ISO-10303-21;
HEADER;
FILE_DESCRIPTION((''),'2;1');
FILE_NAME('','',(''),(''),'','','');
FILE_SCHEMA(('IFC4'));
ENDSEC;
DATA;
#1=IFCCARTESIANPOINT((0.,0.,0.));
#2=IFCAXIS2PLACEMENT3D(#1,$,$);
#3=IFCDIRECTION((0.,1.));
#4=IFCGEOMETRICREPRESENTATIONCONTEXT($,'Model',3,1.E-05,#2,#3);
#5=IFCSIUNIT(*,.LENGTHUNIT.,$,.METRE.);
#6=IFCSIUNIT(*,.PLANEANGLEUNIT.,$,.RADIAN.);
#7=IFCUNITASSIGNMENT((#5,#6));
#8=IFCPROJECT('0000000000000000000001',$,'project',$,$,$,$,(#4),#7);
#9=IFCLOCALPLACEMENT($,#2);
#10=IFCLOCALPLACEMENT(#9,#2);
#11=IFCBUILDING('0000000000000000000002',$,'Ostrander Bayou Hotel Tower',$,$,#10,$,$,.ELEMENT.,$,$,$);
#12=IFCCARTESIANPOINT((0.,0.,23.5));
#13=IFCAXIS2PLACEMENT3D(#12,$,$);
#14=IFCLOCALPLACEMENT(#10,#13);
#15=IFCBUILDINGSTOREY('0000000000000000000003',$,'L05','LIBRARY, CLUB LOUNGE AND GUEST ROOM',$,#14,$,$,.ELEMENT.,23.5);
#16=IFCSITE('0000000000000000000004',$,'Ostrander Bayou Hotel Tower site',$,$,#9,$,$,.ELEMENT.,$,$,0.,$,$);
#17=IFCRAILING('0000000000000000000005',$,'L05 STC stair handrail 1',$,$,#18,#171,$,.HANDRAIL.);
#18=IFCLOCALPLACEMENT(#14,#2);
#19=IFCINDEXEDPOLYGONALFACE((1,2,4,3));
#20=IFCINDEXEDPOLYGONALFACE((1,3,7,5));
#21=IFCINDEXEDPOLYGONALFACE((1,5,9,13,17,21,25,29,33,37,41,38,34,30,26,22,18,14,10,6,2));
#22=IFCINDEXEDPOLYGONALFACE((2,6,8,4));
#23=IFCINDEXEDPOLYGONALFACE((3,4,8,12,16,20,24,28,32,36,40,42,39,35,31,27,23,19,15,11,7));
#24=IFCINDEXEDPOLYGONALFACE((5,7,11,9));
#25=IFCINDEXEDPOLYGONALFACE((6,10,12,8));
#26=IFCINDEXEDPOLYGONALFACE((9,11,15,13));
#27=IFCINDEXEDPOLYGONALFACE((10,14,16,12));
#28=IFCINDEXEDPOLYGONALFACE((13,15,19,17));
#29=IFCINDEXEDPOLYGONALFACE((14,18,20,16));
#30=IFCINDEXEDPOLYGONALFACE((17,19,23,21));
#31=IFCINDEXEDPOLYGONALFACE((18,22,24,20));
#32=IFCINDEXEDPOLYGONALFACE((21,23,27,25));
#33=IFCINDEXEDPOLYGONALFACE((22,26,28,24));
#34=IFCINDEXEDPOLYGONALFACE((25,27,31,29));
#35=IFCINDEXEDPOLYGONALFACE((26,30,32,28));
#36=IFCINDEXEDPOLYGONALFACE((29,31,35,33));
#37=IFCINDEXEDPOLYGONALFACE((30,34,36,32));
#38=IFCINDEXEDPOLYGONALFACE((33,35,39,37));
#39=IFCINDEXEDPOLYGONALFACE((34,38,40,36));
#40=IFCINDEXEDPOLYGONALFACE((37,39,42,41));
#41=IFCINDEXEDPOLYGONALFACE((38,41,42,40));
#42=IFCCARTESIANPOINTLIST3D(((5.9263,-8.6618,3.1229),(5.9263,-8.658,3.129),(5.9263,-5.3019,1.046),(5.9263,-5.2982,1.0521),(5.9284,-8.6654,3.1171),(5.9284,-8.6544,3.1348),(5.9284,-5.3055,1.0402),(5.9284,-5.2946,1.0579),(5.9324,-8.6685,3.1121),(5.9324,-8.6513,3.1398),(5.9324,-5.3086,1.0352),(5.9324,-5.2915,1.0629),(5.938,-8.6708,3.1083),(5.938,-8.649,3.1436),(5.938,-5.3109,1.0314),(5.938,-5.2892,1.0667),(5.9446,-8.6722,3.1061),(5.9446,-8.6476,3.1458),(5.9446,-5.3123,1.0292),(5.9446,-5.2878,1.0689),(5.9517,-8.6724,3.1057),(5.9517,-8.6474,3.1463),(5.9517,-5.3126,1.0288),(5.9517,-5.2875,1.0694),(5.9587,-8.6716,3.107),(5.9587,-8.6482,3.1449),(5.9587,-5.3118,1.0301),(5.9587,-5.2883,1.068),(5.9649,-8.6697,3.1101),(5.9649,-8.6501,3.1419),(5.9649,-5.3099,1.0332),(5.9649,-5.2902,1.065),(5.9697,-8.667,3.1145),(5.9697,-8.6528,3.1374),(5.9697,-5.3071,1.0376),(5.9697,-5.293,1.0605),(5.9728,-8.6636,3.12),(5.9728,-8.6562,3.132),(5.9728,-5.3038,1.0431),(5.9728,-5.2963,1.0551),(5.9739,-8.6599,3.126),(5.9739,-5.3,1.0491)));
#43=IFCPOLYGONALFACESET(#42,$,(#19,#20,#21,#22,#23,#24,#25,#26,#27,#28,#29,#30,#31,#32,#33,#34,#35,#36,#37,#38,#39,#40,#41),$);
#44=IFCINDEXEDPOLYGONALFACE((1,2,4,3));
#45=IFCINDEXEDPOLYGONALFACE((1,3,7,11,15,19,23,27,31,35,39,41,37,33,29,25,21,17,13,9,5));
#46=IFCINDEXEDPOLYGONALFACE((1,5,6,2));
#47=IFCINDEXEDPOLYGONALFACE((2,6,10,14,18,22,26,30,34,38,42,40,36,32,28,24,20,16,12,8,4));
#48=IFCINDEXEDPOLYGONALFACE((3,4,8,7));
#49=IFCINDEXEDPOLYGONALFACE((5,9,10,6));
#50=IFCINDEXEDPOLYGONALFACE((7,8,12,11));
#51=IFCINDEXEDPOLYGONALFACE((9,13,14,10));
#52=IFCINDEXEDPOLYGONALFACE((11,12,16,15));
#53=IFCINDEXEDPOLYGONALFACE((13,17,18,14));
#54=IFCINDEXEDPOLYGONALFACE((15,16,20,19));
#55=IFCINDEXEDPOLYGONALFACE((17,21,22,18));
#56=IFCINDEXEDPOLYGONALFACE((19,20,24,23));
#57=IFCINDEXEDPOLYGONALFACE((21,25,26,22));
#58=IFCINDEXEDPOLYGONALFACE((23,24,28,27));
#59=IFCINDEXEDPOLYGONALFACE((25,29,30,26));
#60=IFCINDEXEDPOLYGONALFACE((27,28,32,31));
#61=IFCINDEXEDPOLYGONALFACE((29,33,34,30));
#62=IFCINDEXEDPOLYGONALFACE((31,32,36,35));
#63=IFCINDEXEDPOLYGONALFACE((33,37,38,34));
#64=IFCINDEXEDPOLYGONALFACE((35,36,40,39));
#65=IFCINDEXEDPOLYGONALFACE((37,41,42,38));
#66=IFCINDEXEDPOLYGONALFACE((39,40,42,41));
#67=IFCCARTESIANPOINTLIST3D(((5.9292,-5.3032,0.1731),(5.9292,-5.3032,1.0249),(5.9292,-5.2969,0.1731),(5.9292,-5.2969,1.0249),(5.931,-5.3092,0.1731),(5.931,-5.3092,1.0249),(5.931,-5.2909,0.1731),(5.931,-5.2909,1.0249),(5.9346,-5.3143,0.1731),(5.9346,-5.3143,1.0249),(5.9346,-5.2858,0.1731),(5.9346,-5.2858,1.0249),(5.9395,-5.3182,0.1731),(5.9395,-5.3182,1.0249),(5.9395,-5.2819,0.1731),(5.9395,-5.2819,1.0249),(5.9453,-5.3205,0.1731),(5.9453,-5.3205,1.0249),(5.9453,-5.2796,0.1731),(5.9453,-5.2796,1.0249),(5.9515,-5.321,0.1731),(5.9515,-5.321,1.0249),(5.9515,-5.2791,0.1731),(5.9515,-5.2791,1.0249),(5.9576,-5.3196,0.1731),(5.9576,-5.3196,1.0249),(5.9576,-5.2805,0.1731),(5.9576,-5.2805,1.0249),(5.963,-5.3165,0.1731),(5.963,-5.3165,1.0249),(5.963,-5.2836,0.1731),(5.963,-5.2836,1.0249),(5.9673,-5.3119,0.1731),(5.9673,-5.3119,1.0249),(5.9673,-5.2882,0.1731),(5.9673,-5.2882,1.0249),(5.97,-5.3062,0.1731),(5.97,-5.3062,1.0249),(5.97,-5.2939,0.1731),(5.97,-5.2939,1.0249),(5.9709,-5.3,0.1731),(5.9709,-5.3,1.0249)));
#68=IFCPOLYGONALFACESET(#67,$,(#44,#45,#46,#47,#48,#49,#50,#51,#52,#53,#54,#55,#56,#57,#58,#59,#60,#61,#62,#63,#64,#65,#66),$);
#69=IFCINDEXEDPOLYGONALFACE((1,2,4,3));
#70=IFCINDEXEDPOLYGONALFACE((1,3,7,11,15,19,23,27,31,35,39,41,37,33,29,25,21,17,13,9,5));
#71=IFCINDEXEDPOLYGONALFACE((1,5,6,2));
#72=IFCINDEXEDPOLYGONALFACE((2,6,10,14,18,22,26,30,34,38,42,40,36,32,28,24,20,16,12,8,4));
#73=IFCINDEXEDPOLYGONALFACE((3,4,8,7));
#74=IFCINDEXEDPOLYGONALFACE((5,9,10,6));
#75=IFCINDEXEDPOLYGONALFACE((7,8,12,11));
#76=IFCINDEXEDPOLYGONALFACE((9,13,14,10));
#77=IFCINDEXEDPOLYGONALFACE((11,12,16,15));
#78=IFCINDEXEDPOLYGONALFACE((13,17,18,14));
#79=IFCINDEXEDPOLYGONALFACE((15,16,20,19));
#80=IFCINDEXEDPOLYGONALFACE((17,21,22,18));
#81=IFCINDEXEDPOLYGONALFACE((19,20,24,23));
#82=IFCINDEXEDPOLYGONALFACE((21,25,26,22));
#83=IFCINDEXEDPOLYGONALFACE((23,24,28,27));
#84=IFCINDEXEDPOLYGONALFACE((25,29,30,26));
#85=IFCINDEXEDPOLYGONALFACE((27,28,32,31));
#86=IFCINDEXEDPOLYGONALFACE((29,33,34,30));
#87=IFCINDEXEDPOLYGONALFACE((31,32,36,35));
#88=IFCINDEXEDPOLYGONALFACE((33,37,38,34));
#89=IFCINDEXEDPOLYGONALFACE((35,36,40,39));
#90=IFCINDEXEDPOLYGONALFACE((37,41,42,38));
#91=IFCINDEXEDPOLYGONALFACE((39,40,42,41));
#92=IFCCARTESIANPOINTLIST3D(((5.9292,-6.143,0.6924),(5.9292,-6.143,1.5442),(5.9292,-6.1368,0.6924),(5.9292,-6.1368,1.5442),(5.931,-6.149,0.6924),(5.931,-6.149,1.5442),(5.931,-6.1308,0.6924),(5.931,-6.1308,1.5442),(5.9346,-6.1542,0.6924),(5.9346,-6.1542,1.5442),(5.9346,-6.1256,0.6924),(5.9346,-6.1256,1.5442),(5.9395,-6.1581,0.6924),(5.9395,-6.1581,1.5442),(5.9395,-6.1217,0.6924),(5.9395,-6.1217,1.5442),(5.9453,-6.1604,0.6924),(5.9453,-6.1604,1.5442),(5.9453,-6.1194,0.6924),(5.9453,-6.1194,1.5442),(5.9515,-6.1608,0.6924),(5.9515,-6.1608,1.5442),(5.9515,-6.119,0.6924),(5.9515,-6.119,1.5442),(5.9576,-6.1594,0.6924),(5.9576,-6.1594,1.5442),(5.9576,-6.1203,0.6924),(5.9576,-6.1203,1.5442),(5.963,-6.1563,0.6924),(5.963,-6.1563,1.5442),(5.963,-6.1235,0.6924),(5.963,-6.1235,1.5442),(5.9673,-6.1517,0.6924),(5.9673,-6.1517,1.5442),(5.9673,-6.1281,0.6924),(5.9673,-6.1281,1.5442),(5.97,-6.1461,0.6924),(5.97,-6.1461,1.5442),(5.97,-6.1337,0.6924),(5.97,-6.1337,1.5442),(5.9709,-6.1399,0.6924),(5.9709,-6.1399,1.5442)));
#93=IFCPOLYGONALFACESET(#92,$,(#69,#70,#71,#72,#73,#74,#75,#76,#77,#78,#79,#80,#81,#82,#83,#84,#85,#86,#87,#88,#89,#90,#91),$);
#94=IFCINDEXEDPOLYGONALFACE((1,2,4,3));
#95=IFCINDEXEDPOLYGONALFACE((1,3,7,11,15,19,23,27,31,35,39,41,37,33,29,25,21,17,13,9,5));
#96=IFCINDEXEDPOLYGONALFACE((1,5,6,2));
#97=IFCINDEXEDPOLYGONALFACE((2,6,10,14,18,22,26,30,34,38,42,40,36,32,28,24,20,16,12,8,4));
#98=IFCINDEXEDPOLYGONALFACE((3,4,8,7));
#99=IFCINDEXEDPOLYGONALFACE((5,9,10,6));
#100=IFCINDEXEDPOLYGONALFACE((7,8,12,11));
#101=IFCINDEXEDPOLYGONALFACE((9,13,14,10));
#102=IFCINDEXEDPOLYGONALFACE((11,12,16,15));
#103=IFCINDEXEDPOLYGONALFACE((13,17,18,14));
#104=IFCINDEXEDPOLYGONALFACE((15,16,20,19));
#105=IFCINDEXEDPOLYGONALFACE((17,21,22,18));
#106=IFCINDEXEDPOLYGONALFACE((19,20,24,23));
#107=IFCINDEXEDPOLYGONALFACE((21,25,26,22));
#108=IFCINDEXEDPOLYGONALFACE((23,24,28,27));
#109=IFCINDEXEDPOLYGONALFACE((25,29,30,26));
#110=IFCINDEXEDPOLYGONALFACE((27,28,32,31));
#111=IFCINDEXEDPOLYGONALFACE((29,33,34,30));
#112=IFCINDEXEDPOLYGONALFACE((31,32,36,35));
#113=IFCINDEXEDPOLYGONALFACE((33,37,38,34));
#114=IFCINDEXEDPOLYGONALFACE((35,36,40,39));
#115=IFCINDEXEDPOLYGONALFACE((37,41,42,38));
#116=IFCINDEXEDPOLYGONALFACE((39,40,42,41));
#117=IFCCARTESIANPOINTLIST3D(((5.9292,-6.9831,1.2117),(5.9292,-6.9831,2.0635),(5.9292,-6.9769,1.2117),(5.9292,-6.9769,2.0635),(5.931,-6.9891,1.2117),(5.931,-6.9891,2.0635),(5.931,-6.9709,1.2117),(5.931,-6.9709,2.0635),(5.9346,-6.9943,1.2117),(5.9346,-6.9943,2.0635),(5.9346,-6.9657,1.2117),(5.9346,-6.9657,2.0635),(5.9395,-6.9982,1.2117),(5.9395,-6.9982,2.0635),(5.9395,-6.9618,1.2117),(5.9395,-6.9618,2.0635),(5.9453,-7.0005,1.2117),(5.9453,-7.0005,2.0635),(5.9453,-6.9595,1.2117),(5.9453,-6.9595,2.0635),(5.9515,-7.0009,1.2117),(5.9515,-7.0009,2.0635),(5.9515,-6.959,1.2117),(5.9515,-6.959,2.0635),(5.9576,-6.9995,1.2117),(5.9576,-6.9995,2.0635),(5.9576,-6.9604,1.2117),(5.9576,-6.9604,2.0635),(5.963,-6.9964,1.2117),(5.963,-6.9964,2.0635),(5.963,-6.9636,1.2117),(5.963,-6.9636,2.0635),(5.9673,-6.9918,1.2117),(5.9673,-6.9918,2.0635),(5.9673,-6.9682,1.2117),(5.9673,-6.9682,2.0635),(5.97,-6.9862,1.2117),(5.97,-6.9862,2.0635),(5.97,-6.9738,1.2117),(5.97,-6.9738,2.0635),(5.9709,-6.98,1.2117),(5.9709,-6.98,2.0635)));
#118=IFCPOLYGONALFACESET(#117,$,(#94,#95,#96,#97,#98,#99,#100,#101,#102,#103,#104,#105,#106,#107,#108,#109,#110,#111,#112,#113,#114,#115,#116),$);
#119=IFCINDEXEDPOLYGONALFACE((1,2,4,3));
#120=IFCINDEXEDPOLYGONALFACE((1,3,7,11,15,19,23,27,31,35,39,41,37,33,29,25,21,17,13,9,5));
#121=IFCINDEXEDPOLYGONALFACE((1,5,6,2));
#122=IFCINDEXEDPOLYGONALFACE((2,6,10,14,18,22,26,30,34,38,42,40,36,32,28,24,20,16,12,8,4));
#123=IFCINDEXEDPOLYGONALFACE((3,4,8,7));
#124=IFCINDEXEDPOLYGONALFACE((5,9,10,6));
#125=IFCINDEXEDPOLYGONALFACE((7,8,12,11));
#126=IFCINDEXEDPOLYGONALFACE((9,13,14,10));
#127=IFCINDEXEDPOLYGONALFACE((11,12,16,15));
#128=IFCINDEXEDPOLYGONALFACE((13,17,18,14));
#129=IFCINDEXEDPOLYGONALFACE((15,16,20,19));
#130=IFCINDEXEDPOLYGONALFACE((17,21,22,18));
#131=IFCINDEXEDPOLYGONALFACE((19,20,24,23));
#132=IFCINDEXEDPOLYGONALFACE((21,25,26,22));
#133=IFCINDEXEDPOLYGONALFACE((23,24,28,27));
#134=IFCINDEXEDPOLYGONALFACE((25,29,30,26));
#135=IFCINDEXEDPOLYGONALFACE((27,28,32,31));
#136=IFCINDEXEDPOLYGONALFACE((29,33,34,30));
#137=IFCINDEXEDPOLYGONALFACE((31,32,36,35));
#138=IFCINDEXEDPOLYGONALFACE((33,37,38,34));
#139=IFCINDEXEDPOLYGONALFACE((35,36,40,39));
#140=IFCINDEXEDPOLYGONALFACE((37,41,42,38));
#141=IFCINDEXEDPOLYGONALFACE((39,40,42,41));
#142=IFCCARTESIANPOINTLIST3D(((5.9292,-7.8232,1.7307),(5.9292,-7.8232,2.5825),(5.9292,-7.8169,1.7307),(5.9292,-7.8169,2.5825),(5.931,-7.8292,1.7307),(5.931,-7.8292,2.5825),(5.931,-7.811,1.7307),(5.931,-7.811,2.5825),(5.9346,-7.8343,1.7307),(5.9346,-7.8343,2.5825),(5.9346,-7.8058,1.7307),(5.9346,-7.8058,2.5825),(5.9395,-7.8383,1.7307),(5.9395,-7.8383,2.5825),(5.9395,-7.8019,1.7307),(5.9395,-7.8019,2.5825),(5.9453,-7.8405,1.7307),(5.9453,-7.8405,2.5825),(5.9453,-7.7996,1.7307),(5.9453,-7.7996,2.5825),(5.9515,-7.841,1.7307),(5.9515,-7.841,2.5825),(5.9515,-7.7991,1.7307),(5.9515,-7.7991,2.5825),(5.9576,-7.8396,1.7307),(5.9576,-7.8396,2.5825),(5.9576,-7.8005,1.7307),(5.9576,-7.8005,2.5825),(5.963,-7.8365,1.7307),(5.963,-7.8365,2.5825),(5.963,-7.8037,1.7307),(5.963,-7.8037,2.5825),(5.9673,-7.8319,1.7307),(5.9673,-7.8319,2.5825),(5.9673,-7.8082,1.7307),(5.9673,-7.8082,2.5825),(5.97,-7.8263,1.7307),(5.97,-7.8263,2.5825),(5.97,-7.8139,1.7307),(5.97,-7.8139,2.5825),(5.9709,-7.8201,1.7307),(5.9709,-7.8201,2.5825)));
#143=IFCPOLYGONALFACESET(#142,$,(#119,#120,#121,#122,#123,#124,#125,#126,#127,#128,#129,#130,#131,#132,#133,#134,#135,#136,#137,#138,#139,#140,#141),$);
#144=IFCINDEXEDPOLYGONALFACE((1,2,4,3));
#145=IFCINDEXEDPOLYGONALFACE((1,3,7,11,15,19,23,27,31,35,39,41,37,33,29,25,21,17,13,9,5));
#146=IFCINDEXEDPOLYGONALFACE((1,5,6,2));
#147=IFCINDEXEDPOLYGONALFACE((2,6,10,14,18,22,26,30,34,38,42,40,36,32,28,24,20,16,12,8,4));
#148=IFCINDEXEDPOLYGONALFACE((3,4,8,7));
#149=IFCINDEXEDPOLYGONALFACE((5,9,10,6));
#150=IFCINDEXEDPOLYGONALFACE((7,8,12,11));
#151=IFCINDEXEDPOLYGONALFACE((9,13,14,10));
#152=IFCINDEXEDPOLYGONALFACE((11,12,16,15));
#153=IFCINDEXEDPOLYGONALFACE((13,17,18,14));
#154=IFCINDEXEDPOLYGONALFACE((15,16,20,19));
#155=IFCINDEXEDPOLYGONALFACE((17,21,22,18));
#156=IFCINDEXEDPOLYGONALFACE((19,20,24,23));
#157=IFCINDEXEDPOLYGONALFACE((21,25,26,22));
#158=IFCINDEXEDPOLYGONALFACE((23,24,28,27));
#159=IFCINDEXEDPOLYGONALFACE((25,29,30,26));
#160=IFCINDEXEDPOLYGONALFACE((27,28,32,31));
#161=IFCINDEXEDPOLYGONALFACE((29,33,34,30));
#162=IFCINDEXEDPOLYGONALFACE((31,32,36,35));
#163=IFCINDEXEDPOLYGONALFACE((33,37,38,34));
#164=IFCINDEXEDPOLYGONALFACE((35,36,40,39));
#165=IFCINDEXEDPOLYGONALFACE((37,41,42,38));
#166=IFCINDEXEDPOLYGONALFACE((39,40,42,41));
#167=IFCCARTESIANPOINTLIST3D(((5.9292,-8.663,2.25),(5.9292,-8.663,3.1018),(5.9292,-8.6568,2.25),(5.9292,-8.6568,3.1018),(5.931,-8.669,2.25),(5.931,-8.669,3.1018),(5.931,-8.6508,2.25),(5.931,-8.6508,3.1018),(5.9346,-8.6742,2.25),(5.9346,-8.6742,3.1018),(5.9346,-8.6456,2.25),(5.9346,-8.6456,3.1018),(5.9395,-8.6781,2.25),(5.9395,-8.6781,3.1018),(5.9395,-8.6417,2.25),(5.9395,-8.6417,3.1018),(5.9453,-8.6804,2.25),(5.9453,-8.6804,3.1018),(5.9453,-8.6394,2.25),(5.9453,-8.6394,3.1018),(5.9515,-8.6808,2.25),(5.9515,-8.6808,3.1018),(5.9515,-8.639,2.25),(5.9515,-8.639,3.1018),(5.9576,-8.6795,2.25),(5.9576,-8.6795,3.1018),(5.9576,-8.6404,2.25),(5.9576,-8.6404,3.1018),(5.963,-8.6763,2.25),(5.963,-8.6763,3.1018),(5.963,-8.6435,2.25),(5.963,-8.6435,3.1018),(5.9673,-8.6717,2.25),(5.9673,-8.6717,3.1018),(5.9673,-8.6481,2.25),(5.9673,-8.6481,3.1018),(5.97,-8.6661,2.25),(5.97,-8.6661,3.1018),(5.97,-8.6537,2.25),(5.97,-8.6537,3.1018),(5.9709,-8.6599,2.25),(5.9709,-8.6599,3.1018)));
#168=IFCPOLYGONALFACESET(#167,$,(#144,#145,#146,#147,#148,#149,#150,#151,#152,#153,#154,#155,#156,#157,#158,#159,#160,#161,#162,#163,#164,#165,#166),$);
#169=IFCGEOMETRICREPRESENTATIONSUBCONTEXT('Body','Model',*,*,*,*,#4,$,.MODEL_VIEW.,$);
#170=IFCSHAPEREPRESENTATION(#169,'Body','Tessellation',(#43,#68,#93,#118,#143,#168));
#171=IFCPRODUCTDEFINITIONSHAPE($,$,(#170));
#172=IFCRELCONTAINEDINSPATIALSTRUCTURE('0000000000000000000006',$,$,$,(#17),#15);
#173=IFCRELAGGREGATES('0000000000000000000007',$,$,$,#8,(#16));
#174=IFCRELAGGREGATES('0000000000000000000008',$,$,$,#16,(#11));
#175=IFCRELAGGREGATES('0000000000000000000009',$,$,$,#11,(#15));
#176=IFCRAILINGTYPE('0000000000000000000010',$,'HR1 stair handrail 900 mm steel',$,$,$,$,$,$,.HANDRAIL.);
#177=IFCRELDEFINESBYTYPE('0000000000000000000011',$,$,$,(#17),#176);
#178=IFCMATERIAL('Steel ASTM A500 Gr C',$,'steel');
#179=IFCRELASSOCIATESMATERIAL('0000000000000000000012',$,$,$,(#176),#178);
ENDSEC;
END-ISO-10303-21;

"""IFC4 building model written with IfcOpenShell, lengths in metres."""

from ifc_helpers import new_model, si_unit, direction, frame, origin, origin_2d, place, context, subcontext, project, spatial, circle, extrude, material, type_object, element, save


model = new_model("IFC4")

# Units and contexts
model_context = context("Model", 3, precision=1e-05, world=origin(), true_north=direction((0.0, 1.0)))
body_context = subcontext(model_context, "Body", "Model", "MODEL_VIEW")
ifc_project = project(units=[si_unit("LENGTHUNIT", "METRE"), si_unit("PLANEANGLEUNIT", "RADIAN")], contexts=[model_context])

# Site, building, storey
site_placement = place(None, origin())
site = spatial("IfcSite", under=ifc_project, at=site_placement, Name="Ostrander Bayou Hotel Tower site", CompositionType="ELEMENT", RefElevation=0.0)
building_placement = place(site_placement, origin())
building = spatial("IfcBuilding", under=site, at=building_placement, Name="Ostrander Bayou Hotel Tower", CompositionType="ELEMENT")
storey_placement = place(building_placement, frame((0.0, 0.0, 23.5)))
storey = spatial("IfcBuildingStorey", under=building, at=storey_placement, Name="L05", Description="LIBRARY, CLUB LOUNGE AND GUEST ROOM", CompositionType="ELEMENT", Elevation=23.5)

# Railing
ifc_material_1 = material(Name="Steel ASTM A500 Gr C", Category="steel")
railing_type_1 = type_object("IfcRailingType", Name="HR1 stair handrail 900 mm steel", PredefinedType="HANDRAIL", material=ifc_material_1)
railing_1_placement = place(storey_placement, frame((5.95, -5.3, 0.1731)))
element("IfcRailing", 1, at=railing_1_placement, inside=storey, type_object=railing_type_1, Name="L05 STC stair handrail 1", PredefinedType="HANDRAIL", context=body_context, shape_type="SweptSolid", body=[
    extrude(circle(Radius=0.0239, at=origin_2d()), frame((0.0, 0.0, 0.876), z_axis=(0.0, -0.850606, 0.525803), x_axis=(1.0, 0.0, 0.0)), (0.0, 0.0, 1.0), 3.95),
    extrude(circle(Radius=0.021, at=origin_2d()), origin(), (0.0, 0.0, 1.0), 0.8518),
    extrude(circle(Radius=0.021, at=origin_2d()), frame((0.0, -0.8398, 0.5193)), (0.0, 0.0, 1.0), 0.8518),
    extrude(circle(Radius=0.021, at=origin_2d()), frame((0.0, -1.6799, 1.0386)), (0.0, 0.0, 1.0), 0.8518),
    extrude(circle(Radius=0.021, at=origin_2d()), frame((0.0, -2.52, 1.5576)), (0.0, 0.0, 1.0), 0.8518),
    extrude(circle(Radius=0.021, at=origin_2d()), frame((0.0, -3.3599, 2.0769)), (0.0, 0.0, 1.0), 0.8518),
])

save(model, "model.ifc")
